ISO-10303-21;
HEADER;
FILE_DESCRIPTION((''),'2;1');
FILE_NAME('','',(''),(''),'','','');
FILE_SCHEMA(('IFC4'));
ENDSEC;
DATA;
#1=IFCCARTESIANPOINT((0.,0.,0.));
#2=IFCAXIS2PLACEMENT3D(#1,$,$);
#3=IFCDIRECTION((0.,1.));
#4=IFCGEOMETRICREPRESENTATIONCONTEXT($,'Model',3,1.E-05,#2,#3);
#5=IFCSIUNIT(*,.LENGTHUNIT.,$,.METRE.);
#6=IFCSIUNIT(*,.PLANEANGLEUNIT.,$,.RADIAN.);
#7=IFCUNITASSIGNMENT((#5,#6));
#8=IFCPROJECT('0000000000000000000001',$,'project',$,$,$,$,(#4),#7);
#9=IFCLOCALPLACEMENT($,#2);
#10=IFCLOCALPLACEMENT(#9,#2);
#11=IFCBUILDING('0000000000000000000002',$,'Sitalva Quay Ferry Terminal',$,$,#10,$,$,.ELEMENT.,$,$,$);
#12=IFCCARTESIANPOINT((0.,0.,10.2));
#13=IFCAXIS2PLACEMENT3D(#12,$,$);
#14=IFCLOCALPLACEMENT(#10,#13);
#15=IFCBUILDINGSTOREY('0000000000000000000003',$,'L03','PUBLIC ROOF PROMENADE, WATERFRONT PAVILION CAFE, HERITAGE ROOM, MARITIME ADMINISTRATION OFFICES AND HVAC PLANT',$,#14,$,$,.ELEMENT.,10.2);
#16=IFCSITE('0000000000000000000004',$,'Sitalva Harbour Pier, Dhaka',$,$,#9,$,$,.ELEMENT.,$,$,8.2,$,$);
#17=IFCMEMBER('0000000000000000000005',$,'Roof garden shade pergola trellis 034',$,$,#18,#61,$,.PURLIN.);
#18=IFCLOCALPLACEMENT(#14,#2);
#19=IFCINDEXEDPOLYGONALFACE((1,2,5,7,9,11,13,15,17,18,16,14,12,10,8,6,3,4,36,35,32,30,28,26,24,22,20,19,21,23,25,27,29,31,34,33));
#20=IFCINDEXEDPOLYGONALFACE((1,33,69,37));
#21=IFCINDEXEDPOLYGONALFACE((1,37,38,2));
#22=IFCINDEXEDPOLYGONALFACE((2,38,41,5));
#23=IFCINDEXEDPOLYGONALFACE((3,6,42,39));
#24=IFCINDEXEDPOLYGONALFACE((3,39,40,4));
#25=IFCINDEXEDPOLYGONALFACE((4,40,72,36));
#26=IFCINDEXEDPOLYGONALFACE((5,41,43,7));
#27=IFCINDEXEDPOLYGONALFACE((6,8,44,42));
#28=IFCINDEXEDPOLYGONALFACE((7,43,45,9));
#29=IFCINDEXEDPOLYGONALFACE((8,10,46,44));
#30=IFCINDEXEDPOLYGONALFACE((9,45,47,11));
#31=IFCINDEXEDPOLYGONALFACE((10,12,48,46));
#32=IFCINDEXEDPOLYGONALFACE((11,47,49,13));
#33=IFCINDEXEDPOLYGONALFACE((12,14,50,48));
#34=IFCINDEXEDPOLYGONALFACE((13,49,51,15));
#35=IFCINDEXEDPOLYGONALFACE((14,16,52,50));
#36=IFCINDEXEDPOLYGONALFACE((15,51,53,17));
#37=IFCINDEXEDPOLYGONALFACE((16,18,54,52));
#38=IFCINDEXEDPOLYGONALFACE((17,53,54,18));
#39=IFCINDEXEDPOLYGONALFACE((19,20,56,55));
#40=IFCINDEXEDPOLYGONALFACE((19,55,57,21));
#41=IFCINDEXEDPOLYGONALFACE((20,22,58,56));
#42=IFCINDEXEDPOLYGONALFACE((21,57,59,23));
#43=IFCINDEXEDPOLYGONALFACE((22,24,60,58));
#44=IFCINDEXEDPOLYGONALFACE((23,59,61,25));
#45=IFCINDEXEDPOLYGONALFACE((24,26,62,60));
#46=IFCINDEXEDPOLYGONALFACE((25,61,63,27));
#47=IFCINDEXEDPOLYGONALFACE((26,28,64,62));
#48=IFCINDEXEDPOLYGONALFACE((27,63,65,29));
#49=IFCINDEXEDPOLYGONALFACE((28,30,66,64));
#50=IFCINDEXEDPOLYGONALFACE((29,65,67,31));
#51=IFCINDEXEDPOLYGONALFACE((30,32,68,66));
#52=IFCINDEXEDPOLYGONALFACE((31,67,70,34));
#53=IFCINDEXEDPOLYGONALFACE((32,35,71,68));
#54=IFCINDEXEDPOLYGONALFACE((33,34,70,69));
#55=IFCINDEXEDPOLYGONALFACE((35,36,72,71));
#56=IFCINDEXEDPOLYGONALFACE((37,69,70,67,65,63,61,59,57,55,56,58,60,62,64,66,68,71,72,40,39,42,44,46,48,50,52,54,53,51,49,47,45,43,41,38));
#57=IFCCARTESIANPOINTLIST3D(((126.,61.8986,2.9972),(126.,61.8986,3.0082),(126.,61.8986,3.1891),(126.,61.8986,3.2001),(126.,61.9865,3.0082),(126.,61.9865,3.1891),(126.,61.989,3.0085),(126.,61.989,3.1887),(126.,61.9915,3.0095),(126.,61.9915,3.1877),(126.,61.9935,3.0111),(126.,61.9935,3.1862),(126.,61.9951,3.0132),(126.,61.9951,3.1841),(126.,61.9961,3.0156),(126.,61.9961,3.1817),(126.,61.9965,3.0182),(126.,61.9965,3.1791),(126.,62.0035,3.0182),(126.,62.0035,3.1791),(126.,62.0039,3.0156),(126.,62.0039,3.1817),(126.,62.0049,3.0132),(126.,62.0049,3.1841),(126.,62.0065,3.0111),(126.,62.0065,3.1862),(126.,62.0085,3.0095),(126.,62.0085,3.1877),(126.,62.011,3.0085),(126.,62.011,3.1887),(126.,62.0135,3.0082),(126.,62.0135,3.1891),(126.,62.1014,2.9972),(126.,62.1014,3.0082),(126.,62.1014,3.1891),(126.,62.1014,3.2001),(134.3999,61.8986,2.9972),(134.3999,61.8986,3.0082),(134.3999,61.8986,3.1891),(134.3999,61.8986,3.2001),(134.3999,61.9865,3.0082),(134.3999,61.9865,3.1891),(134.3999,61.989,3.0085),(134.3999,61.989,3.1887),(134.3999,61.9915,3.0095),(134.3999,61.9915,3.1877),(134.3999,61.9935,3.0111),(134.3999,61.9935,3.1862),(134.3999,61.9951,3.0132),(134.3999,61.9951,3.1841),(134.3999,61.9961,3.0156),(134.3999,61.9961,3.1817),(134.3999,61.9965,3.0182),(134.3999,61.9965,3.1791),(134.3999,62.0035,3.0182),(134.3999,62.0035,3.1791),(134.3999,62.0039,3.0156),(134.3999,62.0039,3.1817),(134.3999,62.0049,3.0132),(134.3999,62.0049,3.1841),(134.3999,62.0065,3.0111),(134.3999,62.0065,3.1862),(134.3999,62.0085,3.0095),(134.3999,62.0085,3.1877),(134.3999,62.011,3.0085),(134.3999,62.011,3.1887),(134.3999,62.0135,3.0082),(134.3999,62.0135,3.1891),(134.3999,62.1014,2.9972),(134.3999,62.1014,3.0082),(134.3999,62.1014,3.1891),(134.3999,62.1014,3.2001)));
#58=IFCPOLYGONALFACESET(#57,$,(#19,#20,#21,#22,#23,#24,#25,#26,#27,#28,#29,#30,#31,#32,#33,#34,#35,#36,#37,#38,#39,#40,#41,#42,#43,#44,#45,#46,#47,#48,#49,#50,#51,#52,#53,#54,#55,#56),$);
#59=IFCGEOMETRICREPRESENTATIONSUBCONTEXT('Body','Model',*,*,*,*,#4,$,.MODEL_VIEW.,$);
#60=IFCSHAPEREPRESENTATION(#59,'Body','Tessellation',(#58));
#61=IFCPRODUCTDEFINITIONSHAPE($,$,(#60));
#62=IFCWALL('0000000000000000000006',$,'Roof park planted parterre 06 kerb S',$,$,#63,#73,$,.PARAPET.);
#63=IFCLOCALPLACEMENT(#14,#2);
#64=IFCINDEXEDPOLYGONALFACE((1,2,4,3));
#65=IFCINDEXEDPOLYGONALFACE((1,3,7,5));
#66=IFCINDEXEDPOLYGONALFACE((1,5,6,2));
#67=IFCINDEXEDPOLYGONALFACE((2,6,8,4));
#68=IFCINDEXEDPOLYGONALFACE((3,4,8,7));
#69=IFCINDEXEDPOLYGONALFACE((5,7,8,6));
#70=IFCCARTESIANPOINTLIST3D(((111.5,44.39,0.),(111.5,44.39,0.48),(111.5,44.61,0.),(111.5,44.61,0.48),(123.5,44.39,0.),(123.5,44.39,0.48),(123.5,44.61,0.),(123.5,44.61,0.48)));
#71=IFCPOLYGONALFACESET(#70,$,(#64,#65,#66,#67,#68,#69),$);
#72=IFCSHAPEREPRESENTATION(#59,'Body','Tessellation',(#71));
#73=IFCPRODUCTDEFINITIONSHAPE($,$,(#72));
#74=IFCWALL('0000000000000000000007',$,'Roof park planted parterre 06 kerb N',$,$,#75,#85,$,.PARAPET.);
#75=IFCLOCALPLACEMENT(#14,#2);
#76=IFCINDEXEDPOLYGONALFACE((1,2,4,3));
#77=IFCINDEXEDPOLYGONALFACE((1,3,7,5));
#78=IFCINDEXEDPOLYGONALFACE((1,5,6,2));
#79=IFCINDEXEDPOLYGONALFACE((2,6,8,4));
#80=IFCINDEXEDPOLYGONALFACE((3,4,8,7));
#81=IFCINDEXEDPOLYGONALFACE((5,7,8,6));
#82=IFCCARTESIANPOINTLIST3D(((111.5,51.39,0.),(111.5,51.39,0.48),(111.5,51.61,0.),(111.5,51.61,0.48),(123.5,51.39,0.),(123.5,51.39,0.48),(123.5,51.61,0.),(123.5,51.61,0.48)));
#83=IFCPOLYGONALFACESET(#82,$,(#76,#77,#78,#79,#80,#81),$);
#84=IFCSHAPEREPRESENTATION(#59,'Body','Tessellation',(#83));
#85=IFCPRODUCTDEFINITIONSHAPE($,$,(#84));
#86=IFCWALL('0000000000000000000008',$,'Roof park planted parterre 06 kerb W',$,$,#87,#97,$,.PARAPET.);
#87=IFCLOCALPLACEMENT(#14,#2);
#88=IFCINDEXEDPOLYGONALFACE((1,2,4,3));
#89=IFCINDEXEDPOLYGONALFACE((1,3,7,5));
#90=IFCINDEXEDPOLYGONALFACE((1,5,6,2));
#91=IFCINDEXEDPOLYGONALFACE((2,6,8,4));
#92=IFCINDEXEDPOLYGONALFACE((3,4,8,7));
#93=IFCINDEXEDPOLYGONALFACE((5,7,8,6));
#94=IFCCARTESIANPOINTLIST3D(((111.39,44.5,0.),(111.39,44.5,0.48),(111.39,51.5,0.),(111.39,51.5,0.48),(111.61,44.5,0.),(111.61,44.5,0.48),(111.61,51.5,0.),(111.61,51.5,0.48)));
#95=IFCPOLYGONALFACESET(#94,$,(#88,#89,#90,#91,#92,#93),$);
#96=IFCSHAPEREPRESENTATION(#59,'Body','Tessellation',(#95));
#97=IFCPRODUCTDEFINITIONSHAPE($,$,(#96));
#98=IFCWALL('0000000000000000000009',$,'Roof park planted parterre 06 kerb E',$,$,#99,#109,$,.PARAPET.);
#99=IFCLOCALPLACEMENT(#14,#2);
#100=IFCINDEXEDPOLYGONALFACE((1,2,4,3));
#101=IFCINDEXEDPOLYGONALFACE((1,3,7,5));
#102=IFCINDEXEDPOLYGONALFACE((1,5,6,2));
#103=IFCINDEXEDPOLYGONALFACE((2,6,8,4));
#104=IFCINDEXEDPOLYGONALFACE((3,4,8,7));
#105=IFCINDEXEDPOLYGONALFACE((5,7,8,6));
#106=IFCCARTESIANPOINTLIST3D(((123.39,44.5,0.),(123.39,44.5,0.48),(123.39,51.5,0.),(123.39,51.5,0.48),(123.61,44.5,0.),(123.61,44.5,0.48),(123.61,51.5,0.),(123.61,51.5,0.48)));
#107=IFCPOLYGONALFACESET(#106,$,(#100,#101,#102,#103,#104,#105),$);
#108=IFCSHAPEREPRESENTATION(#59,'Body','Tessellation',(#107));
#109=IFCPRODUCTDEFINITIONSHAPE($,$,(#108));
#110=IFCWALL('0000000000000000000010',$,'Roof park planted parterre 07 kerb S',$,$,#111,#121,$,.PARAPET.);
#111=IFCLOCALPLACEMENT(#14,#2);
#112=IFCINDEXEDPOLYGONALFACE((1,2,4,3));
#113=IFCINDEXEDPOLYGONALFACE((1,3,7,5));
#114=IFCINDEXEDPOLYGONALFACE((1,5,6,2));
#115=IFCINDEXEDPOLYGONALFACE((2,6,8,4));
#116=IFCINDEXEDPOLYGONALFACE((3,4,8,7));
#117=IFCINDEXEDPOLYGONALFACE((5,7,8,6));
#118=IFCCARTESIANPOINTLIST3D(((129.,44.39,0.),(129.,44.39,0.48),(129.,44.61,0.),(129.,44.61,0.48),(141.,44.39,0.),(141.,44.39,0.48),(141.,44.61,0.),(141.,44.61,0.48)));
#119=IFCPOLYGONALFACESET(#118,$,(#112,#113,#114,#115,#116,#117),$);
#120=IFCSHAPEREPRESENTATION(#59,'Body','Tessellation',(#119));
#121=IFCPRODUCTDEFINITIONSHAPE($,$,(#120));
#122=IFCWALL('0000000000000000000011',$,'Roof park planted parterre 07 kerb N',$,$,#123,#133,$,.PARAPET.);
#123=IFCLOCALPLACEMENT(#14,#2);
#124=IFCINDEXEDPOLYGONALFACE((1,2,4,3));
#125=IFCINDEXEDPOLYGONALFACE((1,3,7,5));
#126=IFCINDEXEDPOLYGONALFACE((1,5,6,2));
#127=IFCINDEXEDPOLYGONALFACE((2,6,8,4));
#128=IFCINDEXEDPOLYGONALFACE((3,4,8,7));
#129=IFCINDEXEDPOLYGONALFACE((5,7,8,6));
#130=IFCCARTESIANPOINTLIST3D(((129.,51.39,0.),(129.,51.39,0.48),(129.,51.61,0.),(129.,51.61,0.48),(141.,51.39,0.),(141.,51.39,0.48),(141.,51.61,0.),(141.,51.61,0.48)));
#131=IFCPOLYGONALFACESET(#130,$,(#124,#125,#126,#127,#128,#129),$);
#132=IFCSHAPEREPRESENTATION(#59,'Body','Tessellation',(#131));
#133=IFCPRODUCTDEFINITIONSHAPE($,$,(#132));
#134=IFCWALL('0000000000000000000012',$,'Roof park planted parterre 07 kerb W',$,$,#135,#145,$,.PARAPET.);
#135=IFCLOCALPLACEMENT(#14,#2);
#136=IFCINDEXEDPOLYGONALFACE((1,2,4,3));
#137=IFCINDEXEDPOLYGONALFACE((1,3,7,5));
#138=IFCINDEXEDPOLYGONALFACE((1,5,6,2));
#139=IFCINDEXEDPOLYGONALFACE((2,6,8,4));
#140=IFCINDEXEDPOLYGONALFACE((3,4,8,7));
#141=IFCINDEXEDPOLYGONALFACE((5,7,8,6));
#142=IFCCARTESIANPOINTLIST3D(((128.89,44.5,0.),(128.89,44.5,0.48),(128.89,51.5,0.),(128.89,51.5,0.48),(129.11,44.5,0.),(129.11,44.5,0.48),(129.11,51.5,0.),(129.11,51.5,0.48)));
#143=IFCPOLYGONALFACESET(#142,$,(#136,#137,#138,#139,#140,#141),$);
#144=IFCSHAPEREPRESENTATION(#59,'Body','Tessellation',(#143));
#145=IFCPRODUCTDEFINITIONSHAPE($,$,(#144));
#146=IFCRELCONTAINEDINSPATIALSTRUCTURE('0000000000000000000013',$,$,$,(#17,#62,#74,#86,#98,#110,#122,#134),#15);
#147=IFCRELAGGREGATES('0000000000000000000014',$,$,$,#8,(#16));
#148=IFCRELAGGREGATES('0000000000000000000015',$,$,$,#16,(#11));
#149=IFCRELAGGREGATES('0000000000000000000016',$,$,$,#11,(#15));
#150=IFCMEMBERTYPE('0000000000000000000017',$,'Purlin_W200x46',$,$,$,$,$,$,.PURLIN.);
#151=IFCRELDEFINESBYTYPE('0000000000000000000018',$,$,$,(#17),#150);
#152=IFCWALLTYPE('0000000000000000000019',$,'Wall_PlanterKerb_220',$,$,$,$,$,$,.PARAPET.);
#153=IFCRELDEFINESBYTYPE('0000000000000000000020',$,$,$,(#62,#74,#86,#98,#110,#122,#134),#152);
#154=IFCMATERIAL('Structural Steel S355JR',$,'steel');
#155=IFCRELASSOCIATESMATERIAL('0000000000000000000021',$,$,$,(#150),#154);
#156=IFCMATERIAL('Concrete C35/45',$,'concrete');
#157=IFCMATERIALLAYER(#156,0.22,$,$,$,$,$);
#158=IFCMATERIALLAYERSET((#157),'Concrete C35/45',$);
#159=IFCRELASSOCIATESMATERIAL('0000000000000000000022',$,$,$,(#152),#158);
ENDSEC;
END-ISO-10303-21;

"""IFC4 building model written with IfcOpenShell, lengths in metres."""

from ifc_helpers import new_model, si_unit, direction, frame, frame_2d, origin, origin_2d, place, context, subcontext, project, spatial, rectangle, i_section, extrude, material, layer, layer_set, material_profile, profile_set, type_object, element, save


model = new_model("IFC4")

# Units and contexts
model_context = context("Model", 3, precision=1e-05, world=origin(), true_north=direction((0.0, 1.0)))
body_context = subcontext(model_context, "Body", "Model", "MODEL_VIEW")
ifc_project = project(units=[si_unit("LENGTHUNIT", "METRE"), si_unit("PLANEANGLEUNIT", "RADIAN")], contexts=[model_context])

# Site, building, storey
site_placement = place(None, origin())
site = spatial("IfcSite", under=ifc_project, at=site_placement, Name="Sitalva Harbour Pier, Dhaka", CompositionType="ELEMENT", RefElevation=8.2)
building_placement = place(site_placement, origin())
building = spatial("IfcBuilding", under=site, at=building_placement, Name="Sitalva Quay Ferry Terminal", CompositionType="ELEMENT")
storey_placement = place(building_placement, frame((0.0, 0.0, 10.2)))
storey = spatial("IfcBuildingStorey", under=building, at=storey_placement, Name="L03", Description="PUBLIC ROOF PROMENADE, WATERFRONT PAVILION CAFE, HERITAGE ROOM, MARITIME ADMINISTRATION OFFICES AND HVAC PLANT", CompositionType="ELEMENT", Elevation=10.2)

# Member
ifc_material_1 = material(Name="Structural Steel S355JR", Category="steel")
ifc_material_profile_1 = material_profile(ifc_material_1, i_section(OverallWidth=0.2029, OverallDepth=0.2029, WebThickness=0.0071, FlangeThickness=0.011, FilletRadius=0.01, at=origin_2d()), Name="W200x46")
ifc_profile_set_1 = profile_set([ifc_material_profile_1], Name="Structural Steel S355JR")
member_type_1 = type_object("IfcMemberType", Name="Purlin_W200x46", PredefinedType="PURLIN", material=ifc_profile_set_1)
for number, where, z_axis, x_axis, name in (
    (1, (126.0, 62.0, 3.0986), (1.0, 0.0, 0.0), (0.0, 1.0, 0.0), "Roof garden shade pergola trellis 034"),
):
    element("IfcMember", number, at=place(storey_placement, frame(where, z_axis=z_axis, x_axis=x_axis)), inside=storey, type_object=member_type_1, Name=name, PredefinedType="PURLIN", context=body_context, shape_type="SweptSolid", body=[
        extrude(i_section(OverallWidth=0.2029, OverallDepth=0.2029, WebThickness=0.0071, FlangeThickness=0.011, FilletRadius=0.01, at=origin_2d()), origin(), (0.0, 0.0, 1.0), 8.3999),
    ])

# Walls
ifc_material_2 = material(Name="Concrete C35/45", Category="concrete")
ifc_layer = layer(ifc_material_2, 0.22)
ifc_layer_set = layer_set([ifc_layer], Name="Concrete C35/45")
wall_type = type_object("IfcWallType", Name="Wall_PlanterKerb_220", PredefinedType="PARAPET", material=ifc_layer_set)
for number, where, z_axis, x_axis, name in (
    (2, (111.5, 44.5, 0.0), (0.0, 0.0, 1.0), (1.0, 0.0, 0.0), "Roof park planted parterre 06 kerb S"),
    (3, (111.5, 51.5, 0.0), (0.0, 0.0, 1.0), (1.0, 0.0, 0.0), "Roof park planted parterre 06 kerb N"),
):
    element("IfcWall", number, at=place(storey_placement, frame(where, z_axis=z_axis, x_axis=x_axis)), inside=storey, type_object=wall_type, Name=name, PredefinedType="PARAPET", context=body_context, shape_type="SweptSolid", body=[
        extrude(rectangle(XDim=12.0, YDim=0.22, at=frame_2d((6.0, 0.0))), origin(), (0.0, 0.0, 1.0), 0.48),
    ])
for number, where, z_axis, x_axis, name in (
    (4, (111.5, 44.5, 0.0), (0.0, 0.0, 1.0), (0.0, 1.0, 0.0), "Roof park planted parterre 06 kerb W"),
    (5, (123.5, 44.5, 0.0), (0.0, 0.0, 1.0), (0.0, 1.0, 0.0), "Roof park planted parterre 06 kerb E"),
):
    element("IfcWall", number, at=place(storey_placement, frame(where, z_axis=z_axis, x_axis=x_axis)), inside=storey, type_object=wall_type, Name=name, PredefinedType="PARAPET", context=body_context, shape_type="SweptSolid", body=[
        extrude(rectangle(XDim=7.0, YDim=0.22, at=frame_2d((3.5, 0.0))), origin(), (0.0, 0.0, 1.0), 0.48),
    ])
for number, where, z_axis, x_axis, name in (
    (6, (129.0, 44.5, 0.0), (0.0, 0.0, 1.0), (1.0, 0.0, 0.0), "Roof park planted parterre 07 kerb S"),
    (7, (129.0, 51.5, 0.0), (0.0, 0.0, 1.0), (1.0, 0.0, 0.0), "Roof park planted parterre 07 kerb N"),
):
    element("IfcWall", number, at=place(storey_placement, frame(where, z_axis=z_axis, x_axis=x_axis)), inside=storey, type_object=wall_type, Name=name, PredefinedType="PARAPET", context=body_context, shape_type="SweptSolid", body=[
        extrude(rectangle(XDim=12.0, YDim=0.22, at=frame_2d((6.0, 0.0))), origin(), (0.0, 0.0, 1.0), 0.48),
    ])
wall_placement = place(storey_placement, frame((129.0, 44.5, 0.0), z_axis=(0.0, 0.0, 1.0), x_axis=(0.0, 1.0, 0.0)))
element("IfcWall", 8, at=wall_placement, inside=storey, type_object=wall_type, Name="Roof park planted parterre 07 kerb W", PredefinedType="PARAPET", context=body_context, shape_type="SweptSolid", body=[
    extrude(rectangle(XDim=7.0, YDim=0.22, at=frame_2d((3.5, 0.0))), origin(), (0.0, 0.0, 1.0), 0.48),
])

save(model, "model.ifc")
